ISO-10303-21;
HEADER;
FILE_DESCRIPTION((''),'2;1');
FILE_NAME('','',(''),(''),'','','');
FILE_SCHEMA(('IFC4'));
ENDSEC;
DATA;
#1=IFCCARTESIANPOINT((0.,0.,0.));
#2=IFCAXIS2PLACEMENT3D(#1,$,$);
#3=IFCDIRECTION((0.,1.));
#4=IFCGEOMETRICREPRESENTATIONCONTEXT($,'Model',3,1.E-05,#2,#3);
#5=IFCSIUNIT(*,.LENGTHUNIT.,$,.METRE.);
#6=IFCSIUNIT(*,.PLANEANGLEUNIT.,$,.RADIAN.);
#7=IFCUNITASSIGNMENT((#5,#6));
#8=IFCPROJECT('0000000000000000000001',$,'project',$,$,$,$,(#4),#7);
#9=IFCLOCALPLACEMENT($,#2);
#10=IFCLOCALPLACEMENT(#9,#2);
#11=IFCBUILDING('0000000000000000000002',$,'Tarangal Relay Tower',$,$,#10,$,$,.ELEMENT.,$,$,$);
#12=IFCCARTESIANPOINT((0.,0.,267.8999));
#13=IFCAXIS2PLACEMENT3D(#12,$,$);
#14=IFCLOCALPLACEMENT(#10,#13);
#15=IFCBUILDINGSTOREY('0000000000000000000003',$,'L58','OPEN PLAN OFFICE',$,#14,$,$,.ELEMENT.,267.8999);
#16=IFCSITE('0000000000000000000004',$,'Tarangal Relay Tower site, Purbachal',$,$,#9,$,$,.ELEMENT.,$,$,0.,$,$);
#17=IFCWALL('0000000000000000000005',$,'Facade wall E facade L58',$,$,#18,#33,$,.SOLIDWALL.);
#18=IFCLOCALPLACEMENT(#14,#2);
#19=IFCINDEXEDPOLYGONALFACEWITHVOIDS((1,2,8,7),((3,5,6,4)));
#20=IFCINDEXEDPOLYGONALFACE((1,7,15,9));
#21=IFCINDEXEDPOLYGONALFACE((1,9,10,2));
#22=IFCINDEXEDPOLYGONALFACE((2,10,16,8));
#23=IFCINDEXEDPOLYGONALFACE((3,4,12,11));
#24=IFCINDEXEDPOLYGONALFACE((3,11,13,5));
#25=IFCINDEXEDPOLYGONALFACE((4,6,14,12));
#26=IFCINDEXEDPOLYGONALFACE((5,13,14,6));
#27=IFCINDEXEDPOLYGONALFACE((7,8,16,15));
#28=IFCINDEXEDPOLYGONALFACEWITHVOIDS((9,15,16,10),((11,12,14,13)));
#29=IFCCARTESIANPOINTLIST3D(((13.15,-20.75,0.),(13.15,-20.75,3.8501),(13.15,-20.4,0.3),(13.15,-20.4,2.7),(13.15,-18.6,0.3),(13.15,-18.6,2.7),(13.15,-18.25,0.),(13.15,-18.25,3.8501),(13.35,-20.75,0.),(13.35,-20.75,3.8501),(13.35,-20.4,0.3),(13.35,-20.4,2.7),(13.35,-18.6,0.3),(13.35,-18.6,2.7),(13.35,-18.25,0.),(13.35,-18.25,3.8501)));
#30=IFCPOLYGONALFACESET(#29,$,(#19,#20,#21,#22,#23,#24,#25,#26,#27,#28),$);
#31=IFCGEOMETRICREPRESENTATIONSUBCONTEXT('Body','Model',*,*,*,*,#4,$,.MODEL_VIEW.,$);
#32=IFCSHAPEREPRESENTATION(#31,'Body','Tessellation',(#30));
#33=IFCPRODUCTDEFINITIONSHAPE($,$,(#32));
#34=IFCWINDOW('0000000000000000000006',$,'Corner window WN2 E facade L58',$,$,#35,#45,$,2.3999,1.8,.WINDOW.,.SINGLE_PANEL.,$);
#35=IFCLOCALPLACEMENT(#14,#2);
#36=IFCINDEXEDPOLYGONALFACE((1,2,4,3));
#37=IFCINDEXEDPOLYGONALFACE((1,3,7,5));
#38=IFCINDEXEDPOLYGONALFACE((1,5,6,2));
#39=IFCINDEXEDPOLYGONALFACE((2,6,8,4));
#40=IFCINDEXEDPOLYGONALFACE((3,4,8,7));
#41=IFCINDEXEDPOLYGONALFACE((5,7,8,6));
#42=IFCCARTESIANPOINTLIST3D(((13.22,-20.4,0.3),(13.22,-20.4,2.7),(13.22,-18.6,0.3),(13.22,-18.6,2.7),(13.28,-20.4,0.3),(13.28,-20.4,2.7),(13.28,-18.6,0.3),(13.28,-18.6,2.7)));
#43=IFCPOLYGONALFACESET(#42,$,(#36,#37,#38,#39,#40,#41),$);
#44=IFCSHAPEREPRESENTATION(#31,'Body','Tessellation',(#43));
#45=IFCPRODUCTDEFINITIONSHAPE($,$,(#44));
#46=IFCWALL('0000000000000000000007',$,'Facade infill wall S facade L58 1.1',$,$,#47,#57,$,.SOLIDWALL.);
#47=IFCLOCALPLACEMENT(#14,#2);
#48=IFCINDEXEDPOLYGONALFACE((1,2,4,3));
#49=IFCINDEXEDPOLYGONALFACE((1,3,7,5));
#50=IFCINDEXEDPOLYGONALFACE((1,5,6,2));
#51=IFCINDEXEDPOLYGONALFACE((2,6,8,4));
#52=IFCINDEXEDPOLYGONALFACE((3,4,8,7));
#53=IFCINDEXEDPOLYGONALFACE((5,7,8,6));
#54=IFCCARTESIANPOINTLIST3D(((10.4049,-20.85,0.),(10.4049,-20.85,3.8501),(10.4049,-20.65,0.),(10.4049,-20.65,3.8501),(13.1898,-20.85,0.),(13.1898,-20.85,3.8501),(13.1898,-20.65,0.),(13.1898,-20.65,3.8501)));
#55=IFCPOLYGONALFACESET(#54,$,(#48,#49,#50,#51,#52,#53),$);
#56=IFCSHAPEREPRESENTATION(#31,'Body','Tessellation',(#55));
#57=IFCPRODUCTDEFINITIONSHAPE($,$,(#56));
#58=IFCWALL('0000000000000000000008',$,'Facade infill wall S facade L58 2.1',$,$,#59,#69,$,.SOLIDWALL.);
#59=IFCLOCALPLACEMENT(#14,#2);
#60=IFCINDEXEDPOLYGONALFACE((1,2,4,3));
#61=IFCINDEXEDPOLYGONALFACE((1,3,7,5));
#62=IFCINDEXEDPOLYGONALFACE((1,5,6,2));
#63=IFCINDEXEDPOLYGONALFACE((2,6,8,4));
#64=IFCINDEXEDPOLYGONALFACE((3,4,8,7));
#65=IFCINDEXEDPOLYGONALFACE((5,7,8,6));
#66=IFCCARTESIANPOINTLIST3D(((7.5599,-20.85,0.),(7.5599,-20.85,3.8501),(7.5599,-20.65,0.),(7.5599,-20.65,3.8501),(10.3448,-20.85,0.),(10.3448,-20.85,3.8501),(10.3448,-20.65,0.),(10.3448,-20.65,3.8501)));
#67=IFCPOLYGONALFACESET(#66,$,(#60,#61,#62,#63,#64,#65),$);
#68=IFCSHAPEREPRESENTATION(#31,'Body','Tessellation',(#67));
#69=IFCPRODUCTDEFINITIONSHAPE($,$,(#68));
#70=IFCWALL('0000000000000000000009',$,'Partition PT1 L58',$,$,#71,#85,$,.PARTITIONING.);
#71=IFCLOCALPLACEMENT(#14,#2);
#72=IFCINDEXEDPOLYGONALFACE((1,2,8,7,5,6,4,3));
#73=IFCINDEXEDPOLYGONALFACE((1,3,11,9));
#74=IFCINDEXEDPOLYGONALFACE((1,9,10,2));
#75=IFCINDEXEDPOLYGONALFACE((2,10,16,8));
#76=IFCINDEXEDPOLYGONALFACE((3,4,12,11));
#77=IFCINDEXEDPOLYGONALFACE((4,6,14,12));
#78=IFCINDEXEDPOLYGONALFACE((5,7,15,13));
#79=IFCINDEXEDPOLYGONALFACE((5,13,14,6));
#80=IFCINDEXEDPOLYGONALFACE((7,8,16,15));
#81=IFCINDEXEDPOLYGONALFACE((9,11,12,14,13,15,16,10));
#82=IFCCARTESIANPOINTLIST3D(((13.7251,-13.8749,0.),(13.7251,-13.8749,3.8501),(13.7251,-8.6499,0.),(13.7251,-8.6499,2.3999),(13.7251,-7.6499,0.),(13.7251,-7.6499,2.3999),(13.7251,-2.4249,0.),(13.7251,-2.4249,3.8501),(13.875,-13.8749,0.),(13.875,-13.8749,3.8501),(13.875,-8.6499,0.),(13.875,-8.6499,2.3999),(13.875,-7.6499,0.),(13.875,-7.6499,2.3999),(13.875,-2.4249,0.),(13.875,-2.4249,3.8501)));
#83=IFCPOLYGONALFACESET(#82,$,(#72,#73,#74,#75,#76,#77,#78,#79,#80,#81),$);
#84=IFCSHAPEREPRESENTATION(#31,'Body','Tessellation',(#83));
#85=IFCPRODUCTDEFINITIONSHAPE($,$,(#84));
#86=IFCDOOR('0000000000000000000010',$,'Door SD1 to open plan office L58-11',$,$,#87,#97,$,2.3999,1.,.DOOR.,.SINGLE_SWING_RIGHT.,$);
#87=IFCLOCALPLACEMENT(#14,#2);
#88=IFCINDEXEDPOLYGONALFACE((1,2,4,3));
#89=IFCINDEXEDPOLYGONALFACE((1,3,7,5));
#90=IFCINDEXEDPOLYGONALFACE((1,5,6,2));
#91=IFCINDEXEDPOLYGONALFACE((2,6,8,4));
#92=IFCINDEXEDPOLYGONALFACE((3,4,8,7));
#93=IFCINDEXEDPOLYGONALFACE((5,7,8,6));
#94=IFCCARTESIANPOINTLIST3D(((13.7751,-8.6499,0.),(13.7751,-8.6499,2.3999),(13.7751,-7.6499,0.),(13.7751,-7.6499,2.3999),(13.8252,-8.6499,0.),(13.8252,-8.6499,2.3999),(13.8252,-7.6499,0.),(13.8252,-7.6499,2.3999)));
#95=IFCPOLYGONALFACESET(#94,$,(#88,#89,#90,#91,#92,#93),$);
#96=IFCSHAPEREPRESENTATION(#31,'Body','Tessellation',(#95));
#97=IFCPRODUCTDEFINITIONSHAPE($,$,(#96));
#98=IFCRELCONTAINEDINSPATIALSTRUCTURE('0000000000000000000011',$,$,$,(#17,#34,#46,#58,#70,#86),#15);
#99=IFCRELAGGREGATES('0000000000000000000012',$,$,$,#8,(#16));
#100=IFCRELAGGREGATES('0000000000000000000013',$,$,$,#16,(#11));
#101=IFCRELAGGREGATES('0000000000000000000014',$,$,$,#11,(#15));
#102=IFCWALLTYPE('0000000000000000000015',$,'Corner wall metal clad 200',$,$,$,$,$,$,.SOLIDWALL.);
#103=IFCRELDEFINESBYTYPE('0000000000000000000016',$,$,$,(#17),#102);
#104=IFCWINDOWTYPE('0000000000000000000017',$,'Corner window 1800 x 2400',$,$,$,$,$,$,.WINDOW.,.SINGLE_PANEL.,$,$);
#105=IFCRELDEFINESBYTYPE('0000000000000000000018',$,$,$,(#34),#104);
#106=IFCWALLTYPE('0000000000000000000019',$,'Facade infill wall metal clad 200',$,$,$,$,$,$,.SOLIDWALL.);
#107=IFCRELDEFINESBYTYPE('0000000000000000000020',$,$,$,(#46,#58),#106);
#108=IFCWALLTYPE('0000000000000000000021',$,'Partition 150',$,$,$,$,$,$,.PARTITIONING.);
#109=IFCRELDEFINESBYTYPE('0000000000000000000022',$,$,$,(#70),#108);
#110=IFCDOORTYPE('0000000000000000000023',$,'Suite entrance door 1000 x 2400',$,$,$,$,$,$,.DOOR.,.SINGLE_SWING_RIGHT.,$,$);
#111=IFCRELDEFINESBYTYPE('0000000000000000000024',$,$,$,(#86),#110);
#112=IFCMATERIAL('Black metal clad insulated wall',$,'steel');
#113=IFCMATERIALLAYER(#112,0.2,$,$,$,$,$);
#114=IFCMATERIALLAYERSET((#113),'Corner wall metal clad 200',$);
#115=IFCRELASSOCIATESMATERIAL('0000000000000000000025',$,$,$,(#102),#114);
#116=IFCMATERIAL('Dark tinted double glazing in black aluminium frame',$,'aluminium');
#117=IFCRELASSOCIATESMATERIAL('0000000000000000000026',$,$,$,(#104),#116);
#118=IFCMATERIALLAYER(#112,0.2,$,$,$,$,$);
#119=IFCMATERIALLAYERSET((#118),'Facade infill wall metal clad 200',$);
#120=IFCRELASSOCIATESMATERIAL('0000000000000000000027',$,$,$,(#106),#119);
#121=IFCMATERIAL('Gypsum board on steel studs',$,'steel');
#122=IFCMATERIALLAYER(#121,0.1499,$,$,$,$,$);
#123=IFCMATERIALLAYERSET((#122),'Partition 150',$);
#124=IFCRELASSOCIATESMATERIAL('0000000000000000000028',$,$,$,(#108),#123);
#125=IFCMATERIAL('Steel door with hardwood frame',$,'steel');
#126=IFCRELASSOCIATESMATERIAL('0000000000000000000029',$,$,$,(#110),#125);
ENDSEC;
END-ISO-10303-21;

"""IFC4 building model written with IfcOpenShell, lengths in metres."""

from ifc_helpers import new_model, si_unit, direction, frame, frame_2d, origin, place, context, subcontext, project, spatial, rectangle, extrude, material, layer, layer_set, type_object, element, fill, save


model = new_model("IFC4")

# Units and contexts
model_context = context("Model", 3, precision=1e-05, world=origin(), true_north=direction((0.0, 1.0)))
body_context = subcontext(model_context, "Body", "Model", "MODEL_VIEW")
ifc_project = project(units=[si_unit("LENGTHUNIT", "METRE"), si_unit("PLANEANGLEUNIT", "RADIAN")], contexts=[model_context])

# Site, building, storey
site_placement = place(None, origin())
site = spatial("IfcSite", under=ifc_project, at=site_placement, Name="Tarangal Relay Tower site, Purbachal", CompositionType="ELEMENT", RefElevation=0.0)
building_placement = place(site_placement, origin())
building = spatial("IfcBuilding", under=site, at=building_placement, Name="Tarangal Relay Tower", CompositionType="ELEMENT")
storey_placement = place(building_placement, frame((0.0, 0.0, 267.8999)))
storey = spatial("IfcBuildingStorey", under=building, at=storey_placement, Name="L58", Description="OPEN PLAN OFFICE", CompositionType="ELEMENT", Elevation=267.8999)

# Shared definitions
ifc_material_1 = material(Name="Steel door with hardwood frame", Category="steel")

# Shared definitions
ifc_material_2 = material(Name="Black metal clad insulated wall", Category="steel")
ifc_layer_1 = layer(ifc_material_2, 0.2)
ifc_layer_set_1 = layer_set([ifc_layer_1], Name="Corner wall metal clad 200")
wall_type_1 = type_object("IfcWallType", Name="Corner wall metal clad 200", PredefinedType="SOLIDWALL", material=ifc_layer_set_1)

# Shared definitions
ifc_material_3 = material(Name="Dark tinted double glazing in black aluminium frame", Category="aluminium")
window_type = type_object("IfcWindowType", Name="Corner window 1800 x 2400", PartitioningType="SINGLE_PANEL", PredefinedType="WINDOW", material=ifc_material_3)

# Wall, opening, window
wall_1_placement = place(storey_placement, frame((13.25, -18.25, 0.0), z_axis=(0.0, 0.0, 1.0), x_axis=(0.0, -1.0, 0.0)))
wall_1 = element("IfcWall", 1, at=wall_1_placement, inside=storey, type_object=wall_type_1, Name="Facade wall E facade L58", PredefinedType="SOLIDWALL", context=body_context, shape_type="SweptSolid", body=[
    extrude(rectangle(XDim=2.5, YDim=0.2, at=frame_2d((1.25, 0.0))), origin(), (0.0, 0.0, 1.0), 3.8501),
])
opening_1_placement = place(wall_1_placement, frame((0.3501, 0.0, 0.3)))
opening_1 = element("IfcOpeningElement", 2, at=opening_1_placement, cuts=wall_1, PredefinedType="OPENING", context=body_context, shape_type="SweptSolid", body=[
    extrude(rectangle(XDim=1.8, YDim=2.3999, at=frame_2d((0.8999, 1.2))), frame((0.0, 0.1099, 0.0), z_axis=(0.0, -1.0, 0.0), x_axis=(1.0, 0.0, 0.0)), (0.0, 0.0, 1.0), 0.22),
])
window_1_placement = place(opening_1_placement, origin())
window_1 = element("IfcWindow", 3, at=window_1_placement, inside=storey, type_object=window_type, Name="Corner window WN2 E facade L58", OverallHeight=2.3999, OverallWidth=1.8, PartitioningType="SINGLE_PANEL", PredefinedType="WINDOW", context=body_context, shape_type="SweptSolid", body=[
    extrude(rectangle(XDim=1.8, YDim=2.3999, at=frame_2d((0.8999, 1.2))), frame((0.0, 0.03, 0.0), z_axis=(0.0, -1.0, 0.0), x_axis=(1.0, 0.0, 0.0)), (0.0, 0.0, 1.0), 0.0601),
])
fill(opening_1, window_1)

# Walls
ifc_layer_2 = layer(ifc_material_2, 0.2)
ifc_layer_set_2 = layer_set([ifc_layer_2], Name="Facade infill wall metal clad 200")
wall_type_2 = type_object("IfcWallType", Name="Facade infill wall metal clad 200", PredefinedType="SOLIDWALL", material=ifc_layer_set_2)
for number, where, z_axis, x_axis, name in (
    (4, (13.1899, -20.75, 0.0), (0.0, 0.0, 1.0), (-1.0, 0.0, 0.0), "Facade infill wall S facade L58 1.1"),
    (5, (10.345, -20.75, 0.0), (0.0, 0.0, 1.0), (-1.0, 0.0, 0.0), "Facade infill wall S facade L58 2.1"),
):
    element("IfcWall", number, at=place(storey_placement, frame(where, z_axis=z_axis, x_axis=x_axis)), inside=storey, type_object=wall_type_2, Name=name, PredefinedType="SOLIDWALL", context=body_context, shape_type="SweptSolid", body=[
        extrude(rectangle(XDim=2.7849, YDim=0.2, at=frame_2d((1.3926, 0.0))), origin(), (0.0, 0.0, 1.0), 3.8501),
    ])

# Wall, opening, door
ifc_material_4 = material(Name="Gypsum board on steel studs", Category="steel")
ifc_layer_3 = layer(ifc_material_4, 0.1499)
ifc_layer_set_3 = layer_set([ifc_layer_3], Name="Partition 150")
wall_type_3 = type_object("IfcWallType", Name="Partition 150", PredefinedType="PARTITIONING", material=ifc_layer_set_3)
wall_2_placement = place(storey_placement, frame((13.8, -13.875, 0.0), z_axis=(0.0, 0.0, 1.0), x_axis=(0.0, 1.0, 0.0)))
wall_2 = element("IfcWall", 6, at=wall_2_placement, inside=storey, type_object=wall_type_3, Name="Partition PT1 L58", PredefinedType="PARTITIONING", context=body_context, shape_type="SweptSolid", body=[
    extrude(rectangle(XDim=11.45, YDim=0.1499, at=frame_2d((5.7251, 0.0))), origin(), (0.0, 0.0, 1.0), 3.8501),
])
opening_2_placement = place(wall_2_placement, frame((5.2251, 0.0, 0.0)))
opening_2 = element("IfcOpeningElement", 7, at=opening_2_placement, cuts=wall_2, PredefinedType="OPENING", context=body_context, shape_type="SweptSolid", body=[
    extrude(rectangle(XDim=1.0, YDim=2.3999, at=frame_2d((0.5, 1.2))), frame((0.0, 0.085, 0.0), z_axis=(0.0, -1.0, 0.0), x_axis=(1.0, 0.0, 0.0)), (0.0, 0.0, 1.0), 0.1699),
])
door_type_1 = type_object("IfcDoorType", Name="Suite entrance door 1000 x 2400", OperationType="SINGLE_SWING_RIGHT", PredefinedType="DOOR", material=ifc_material_1)
door_1_placement = place(opening_2_placement, origin())
door_1 = element("IfcDoor", 8, at=door_1_placement, inside=storey, type_object=door_type_1, Name="Door SD1 to open plan office L58-11", OperationType="SINGLE_SWING_RIGHT", OverallHeight=2.3999, OverallWidth=1.0, PredefinedType="DOOR", context=body_context, shape_type="SweptSolid", body=[
    extrude(rectangle(XDim=1.0, YDim=2.3999, at=frame_2d((0.5, 1.2))), frame((0.0, 0.0249, 0.0), z_axis=(0.0, -1.0, 0.0), x_axis=(1.0, 0.0, 0.0)), (0.0, 0.0, 1.0), 0.05),
])
fill(opening_2, door_1)

save(model, "model.ifc")
